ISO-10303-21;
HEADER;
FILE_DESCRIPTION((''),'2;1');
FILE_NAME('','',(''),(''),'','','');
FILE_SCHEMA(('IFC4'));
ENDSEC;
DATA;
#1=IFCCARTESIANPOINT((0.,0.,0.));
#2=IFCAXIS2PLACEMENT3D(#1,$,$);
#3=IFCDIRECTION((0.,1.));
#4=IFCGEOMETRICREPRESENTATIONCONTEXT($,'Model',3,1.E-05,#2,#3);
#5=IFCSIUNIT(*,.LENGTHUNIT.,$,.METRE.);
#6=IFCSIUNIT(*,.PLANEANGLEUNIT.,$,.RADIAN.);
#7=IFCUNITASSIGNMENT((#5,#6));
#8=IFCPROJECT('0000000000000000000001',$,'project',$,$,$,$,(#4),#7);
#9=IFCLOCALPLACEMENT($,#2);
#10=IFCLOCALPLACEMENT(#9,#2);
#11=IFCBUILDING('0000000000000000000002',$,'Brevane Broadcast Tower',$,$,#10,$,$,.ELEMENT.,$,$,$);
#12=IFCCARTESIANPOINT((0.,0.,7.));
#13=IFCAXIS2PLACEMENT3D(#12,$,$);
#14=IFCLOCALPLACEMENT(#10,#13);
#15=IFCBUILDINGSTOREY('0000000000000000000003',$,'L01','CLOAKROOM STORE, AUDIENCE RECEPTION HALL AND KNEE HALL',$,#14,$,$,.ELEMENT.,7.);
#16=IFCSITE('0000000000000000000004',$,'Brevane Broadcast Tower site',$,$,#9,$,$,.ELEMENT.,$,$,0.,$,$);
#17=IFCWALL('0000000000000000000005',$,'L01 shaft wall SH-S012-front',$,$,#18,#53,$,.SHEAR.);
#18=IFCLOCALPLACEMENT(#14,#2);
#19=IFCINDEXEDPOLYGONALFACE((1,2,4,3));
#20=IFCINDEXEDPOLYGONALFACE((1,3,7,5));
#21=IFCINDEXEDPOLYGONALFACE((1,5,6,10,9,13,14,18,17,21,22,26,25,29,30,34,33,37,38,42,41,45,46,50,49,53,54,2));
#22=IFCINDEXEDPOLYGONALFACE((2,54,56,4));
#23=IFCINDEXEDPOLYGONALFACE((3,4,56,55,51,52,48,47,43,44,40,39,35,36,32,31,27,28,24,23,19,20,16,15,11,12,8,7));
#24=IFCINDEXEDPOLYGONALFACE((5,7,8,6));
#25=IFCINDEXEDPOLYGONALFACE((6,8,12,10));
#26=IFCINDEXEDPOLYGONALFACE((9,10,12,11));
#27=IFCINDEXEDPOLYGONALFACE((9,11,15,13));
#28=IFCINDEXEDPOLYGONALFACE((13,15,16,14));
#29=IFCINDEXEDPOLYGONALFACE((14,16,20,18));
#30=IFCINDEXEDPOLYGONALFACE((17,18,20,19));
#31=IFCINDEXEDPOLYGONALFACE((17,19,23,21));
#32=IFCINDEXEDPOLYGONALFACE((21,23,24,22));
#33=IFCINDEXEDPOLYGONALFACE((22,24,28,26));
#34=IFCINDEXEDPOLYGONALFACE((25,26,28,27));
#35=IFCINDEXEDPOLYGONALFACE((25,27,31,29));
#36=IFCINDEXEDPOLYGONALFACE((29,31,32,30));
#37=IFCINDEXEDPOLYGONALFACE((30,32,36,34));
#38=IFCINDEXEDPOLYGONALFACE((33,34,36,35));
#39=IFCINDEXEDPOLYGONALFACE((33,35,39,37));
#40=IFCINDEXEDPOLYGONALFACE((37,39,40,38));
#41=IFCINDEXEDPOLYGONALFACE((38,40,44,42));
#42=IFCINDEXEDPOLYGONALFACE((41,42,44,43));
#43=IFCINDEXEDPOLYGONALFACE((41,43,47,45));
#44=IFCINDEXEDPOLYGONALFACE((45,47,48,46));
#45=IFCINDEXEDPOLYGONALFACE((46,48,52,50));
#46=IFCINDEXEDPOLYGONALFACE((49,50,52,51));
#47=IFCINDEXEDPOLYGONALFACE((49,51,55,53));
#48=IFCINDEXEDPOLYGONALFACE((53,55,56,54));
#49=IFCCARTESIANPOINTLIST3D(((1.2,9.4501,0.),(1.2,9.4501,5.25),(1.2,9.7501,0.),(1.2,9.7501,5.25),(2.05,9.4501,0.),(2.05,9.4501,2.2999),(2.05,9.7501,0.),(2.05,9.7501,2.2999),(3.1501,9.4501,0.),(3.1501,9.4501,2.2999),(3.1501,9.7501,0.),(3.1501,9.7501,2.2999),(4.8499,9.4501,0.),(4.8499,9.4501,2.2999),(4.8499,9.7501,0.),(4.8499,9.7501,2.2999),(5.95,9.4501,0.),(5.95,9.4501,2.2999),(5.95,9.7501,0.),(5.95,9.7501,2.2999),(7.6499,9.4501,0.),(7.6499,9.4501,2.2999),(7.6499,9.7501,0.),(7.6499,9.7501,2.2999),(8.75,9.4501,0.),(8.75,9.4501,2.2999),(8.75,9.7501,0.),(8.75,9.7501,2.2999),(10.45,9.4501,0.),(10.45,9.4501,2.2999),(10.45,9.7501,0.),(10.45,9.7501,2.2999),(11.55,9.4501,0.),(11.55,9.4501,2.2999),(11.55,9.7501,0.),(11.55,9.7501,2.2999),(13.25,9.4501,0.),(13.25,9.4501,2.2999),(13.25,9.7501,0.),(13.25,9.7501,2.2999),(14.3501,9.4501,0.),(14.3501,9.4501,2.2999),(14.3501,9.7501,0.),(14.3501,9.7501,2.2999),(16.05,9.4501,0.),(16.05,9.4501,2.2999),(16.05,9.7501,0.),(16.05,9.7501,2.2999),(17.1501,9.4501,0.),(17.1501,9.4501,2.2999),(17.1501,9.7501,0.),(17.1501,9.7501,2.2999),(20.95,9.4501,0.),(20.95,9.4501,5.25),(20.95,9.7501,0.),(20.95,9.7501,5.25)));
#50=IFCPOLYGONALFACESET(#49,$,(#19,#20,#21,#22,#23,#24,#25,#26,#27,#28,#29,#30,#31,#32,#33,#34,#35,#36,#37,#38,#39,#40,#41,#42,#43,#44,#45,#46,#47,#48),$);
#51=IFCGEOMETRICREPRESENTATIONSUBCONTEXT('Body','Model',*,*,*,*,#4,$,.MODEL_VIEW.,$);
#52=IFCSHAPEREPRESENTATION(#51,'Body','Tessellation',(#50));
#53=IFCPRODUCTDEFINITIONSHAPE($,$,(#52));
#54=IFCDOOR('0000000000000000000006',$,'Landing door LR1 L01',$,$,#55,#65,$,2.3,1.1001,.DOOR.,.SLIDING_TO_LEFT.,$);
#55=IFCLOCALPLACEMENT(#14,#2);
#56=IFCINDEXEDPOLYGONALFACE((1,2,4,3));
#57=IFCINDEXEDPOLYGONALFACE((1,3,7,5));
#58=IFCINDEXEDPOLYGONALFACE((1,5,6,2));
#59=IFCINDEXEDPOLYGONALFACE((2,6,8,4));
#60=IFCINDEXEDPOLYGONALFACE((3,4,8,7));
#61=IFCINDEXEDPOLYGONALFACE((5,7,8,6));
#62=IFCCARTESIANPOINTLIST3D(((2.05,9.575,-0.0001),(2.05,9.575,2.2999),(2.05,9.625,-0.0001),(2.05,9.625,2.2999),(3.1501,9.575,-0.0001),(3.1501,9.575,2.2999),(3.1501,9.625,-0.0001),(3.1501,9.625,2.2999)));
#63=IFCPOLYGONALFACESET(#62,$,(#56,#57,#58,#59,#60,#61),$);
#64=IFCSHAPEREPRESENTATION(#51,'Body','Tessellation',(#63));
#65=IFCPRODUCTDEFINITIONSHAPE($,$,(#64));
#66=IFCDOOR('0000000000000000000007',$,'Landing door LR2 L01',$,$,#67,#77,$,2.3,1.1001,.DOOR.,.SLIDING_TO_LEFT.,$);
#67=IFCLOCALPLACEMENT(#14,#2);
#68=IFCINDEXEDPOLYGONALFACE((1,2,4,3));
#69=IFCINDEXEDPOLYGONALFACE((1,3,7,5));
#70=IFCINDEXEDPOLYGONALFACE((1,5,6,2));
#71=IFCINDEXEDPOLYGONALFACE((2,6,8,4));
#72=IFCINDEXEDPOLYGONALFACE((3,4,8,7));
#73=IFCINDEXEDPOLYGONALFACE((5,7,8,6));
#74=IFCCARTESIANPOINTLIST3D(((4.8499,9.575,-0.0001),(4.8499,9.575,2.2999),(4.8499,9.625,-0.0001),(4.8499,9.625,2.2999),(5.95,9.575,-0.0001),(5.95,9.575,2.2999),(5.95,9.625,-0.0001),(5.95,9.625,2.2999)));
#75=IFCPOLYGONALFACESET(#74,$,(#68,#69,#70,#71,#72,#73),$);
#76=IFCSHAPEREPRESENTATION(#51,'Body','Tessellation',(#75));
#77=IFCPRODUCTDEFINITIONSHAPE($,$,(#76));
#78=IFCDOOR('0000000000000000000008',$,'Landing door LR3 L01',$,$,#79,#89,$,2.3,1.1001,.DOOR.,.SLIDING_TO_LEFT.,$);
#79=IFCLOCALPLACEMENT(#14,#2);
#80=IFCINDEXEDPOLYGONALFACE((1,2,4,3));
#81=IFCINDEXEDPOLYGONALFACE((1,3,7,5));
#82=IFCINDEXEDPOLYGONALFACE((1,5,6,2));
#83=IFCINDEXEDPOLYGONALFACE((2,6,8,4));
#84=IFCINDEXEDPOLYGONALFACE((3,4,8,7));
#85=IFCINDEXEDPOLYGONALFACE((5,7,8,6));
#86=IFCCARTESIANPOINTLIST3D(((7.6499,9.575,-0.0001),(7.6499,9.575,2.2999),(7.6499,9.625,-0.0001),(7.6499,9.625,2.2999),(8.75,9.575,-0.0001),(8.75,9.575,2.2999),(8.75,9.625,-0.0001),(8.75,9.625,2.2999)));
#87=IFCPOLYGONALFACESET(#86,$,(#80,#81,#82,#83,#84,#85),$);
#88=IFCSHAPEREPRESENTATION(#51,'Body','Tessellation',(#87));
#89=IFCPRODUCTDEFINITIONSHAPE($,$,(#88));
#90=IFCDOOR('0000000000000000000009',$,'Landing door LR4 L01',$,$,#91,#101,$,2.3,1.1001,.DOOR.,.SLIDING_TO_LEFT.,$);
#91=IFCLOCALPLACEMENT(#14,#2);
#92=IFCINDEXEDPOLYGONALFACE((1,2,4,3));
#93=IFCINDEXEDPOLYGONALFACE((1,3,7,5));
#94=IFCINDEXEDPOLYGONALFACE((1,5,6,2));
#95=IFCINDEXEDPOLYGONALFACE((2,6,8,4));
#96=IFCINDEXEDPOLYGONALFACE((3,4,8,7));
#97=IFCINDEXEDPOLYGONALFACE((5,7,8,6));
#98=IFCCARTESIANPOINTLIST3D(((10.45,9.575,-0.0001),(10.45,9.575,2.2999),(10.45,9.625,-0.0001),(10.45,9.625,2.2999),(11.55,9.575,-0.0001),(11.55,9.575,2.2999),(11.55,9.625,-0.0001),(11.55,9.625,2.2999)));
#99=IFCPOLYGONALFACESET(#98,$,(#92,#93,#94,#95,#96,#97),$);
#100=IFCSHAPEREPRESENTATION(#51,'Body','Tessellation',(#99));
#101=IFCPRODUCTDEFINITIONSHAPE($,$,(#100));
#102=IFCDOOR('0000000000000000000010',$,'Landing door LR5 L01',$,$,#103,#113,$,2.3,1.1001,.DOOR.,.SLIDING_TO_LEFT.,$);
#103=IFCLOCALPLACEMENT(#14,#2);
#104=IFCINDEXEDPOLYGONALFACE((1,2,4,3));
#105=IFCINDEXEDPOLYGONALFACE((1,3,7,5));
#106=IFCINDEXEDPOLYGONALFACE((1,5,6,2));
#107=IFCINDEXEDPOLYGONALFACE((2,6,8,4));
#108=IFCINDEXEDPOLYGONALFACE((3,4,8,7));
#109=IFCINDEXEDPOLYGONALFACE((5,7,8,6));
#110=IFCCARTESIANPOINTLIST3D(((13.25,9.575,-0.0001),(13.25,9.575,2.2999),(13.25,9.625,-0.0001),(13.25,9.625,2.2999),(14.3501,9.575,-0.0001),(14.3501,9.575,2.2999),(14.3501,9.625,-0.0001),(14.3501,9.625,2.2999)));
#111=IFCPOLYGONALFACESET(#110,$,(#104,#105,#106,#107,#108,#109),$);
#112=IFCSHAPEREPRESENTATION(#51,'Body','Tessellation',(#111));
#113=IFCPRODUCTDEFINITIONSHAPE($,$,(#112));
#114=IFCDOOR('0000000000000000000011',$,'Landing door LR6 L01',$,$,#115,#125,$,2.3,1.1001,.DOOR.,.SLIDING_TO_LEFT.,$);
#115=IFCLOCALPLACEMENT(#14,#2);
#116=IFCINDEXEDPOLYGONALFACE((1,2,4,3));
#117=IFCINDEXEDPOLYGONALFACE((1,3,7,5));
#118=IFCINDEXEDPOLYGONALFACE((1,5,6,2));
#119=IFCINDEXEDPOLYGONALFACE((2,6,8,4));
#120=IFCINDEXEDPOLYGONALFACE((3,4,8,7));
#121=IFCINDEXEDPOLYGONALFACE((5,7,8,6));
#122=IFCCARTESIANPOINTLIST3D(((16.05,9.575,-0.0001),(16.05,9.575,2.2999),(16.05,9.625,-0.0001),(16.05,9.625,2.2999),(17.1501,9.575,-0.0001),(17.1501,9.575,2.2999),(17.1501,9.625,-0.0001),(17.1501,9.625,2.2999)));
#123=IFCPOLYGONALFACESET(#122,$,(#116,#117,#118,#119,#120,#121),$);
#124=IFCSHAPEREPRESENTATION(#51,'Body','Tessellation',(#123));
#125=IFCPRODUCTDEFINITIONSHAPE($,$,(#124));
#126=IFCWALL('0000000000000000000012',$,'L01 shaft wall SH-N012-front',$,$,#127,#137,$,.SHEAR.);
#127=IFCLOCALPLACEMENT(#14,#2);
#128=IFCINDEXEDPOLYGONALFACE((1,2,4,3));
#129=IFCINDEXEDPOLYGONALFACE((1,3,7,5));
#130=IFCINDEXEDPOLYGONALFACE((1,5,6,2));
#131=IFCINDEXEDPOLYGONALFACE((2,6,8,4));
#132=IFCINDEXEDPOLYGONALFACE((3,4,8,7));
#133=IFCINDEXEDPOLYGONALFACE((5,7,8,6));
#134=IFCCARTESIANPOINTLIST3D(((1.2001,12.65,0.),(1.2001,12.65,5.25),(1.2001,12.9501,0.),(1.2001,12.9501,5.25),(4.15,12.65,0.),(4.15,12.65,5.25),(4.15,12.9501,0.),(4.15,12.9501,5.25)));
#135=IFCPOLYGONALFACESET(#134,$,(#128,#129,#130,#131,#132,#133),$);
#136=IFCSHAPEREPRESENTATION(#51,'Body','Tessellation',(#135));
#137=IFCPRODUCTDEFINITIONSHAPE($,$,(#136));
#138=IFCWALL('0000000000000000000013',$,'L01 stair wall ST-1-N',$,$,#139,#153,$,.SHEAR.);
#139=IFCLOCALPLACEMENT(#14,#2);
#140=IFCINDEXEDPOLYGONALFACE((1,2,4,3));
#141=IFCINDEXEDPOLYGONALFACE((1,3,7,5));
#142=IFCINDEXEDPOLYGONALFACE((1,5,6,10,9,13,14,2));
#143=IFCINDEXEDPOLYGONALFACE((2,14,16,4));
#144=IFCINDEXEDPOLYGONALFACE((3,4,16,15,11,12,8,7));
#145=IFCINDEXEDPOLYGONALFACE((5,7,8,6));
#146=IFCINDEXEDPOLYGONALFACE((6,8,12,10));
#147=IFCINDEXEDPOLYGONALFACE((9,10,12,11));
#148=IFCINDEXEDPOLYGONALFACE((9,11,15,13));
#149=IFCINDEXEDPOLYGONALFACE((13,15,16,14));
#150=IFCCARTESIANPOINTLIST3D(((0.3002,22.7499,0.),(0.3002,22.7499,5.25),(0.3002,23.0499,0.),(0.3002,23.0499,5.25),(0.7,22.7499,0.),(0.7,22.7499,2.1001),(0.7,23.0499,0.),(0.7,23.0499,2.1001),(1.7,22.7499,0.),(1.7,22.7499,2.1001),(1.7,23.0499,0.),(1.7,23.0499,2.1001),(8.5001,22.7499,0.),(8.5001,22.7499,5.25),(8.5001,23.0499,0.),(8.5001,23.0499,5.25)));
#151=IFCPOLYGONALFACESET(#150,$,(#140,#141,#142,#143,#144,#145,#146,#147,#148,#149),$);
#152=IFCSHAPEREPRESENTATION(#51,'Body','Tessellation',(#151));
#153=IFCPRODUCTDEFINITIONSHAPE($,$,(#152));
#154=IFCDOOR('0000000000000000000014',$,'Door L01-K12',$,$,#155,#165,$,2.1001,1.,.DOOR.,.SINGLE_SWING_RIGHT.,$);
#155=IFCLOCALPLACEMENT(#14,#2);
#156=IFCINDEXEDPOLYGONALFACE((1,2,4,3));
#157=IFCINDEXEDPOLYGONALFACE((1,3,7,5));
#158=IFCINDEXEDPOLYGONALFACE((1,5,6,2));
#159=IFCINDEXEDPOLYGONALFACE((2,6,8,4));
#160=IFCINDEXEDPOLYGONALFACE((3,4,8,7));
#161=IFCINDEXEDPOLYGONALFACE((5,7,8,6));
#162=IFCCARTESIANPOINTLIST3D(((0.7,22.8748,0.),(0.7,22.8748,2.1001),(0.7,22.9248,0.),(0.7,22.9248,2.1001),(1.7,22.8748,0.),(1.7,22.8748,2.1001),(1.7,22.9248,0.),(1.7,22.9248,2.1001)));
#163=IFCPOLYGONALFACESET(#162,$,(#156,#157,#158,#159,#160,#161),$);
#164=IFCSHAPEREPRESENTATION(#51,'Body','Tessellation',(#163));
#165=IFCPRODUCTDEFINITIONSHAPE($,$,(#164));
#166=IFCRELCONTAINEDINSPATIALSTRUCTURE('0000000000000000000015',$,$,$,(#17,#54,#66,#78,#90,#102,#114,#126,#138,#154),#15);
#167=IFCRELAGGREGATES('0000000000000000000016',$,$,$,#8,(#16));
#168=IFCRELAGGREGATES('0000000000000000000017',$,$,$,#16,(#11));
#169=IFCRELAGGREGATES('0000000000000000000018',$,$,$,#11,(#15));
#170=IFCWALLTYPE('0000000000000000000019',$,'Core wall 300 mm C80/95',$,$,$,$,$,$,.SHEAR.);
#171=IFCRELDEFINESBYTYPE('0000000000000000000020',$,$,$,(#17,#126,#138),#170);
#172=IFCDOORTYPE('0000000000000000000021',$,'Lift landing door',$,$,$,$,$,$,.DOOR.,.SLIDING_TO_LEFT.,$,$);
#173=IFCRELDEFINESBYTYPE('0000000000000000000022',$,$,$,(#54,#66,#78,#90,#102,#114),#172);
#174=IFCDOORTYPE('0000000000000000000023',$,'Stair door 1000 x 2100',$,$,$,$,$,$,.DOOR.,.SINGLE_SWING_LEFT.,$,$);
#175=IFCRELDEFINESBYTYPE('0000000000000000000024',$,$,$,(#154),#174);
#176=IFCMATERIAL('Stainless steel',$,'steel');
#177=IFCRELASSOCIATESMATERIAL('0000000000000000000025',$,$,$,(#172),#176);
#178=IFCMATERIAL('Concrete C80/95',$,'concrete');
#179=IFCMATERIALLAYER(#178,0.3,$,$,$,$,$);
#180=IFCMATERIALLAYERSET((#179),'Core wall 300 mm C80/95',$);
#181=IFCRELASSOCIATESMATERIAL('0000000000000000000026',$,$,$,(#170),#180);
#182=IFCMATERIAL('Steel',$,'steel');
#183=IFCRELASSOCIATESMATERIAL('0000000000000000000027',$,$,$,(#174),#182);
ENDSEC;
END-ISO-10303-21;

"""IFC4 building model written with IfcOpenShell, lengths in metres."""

from ifc_helpers import new_model, si_unit, direction, frame, frame_2d, origin, place, context, subcontext, project, spatial, rectangle, extrude, material, layer, layer_set, type_object, element, fill, save


model = new_model("IFC4")

# Units and contexts
model_context = context("Model", 3, precision=1e-05, world=origin(), true_north=direction((0.0, 1.0)))
body_context = subcontext(model_context, "Body", "Model", "MODEL_VIEW")
ifc_project = project(units=[si_unit("LENGTHUNIT", "METRE"), si_unit("PLANEANGLEUNIT", "RADIAN")], contexts=[model_context])

# Site, building, storey
site_placement = place(None, origin())
site = spatial("IfcSite", under=ifc_project, at=site_placement, Name="Brevane Broadcast Tower site", CompositionType="ELEMENT", RefElevation=0.0)
building_placement = place(site_placement, origin())
building = spatial("IfcBuilding", under=site, at=building_placement, Name="Brevane Broadcast Tower", CompositionType="ELEMENT")
storey_placement = place(building_placement, frame((0.0, 0.0, 7.0)))
storey = spatial("IfcBuildingStorey", under=building, at=storey_placement, Name="L01", Description="CLOAKROOM STORE, AUDIENCE RECEPTION HALL AND KNEE HALL", CompositionType="ELEMENT", Elevation=7.0)

# Shared definitions
ifc_material_1 = material(Name="Concrete C80/95", Category="concrete")
ifc_material_2 = material(Name="Stainless steel", Category="steel")
door_type_1 = type_object("IfcDoorType", Name="Lift landing door", OperationType="SLIDING_TO_LEFT", PredefinedType="DOOR", material=ifc_material_2)

# Wall, openings, doors
ifc_layer_1 = layer(ifc_material_1, 0.3)
ifc_layer_set_1 = layer_set([ifc_layer_1], Name="Core wall 300 mm C80/95")
wall_type_1 = type_object("IfcWallType", Name="Core wall 300 mm C80/95", PredefinedType="SHEAR", material=ifc_layer_set_1)
wall_1_placement = place(storey_placement, frame((1.2, 9.6001, 0.0), z_axis=(0.0, 0.0, 1.0), x_axis=(1.0, 0.0, 0.0)))
wall_1 = element("IfcWall", 1, at=wall_1_placement, inside=storey, type_object=wall_type_1, Name="L01 shaft wall SH-S012-front", PredefinedType="SHEAR", context=body_context, shape_type="SweptSolid", body=[
    extrude(rectangle(XDim=19.75, YDim=0.3, at=frame_2d((9.875, 0.0))), origin(), (0.0, 0.0, 1.0), 5.25),
])
opening_1_placement = place(wall_1_placement, frame((0.8501, 0.0, 0.0)))
opening_1 = element("IfcOpeningElement", 2, at=opening_1_placement, cuts=wall_1, PredefinedType="OPENING", context=body_context, shape_type="SweptSolid", body=[
    extrude(rectangle(XDim=1.1001, YDim=2.3, at=frame_2d((0.55, 1.1499))), frame((0.0, 0.1599, 0.0), z_axis=(0.0, -1.0, 0.0), x_axis=(1.0, 0.0, 0.0)), (0.0, 0.0, 1.0), 0.3201),
])
opening_2_placement = place(wall_1_placement, frame((3.6499, 0.0, 0.0)))
opening_2 = element("IfcOpeningElement", 3, at=opening_2_placement, cuts=wall_1, PredefinedType="OPENING", context=body_context, shape_type="SweptSolid", body=[
    extrude(rectangle(XDim=1.1001, YDim=2.3, at=frame_2d((0.55, 1.1499))), frame((0.0, 0.1599, 0.0), z_axis=(0.0, -1.0, 0.0), x_axis=(1.0, 0.0, 0.0)), (0.0, 0.0, 1.0), 0.3201),
])
opening_3_placement = place(wall_1_placement, frame((6.45, 0.0, 0.0)))
opening_3 = element("IfcOpeningElement", 4, at=opening_3_placement, cuts=wall_1, PredefinedType="OPENING", context=body_context, shape_type="SweptSolid", body=[
    extrude(rectangle(XDim=1.1001, YDim=2.3, at=frame_2d((0.55, 1.1499))), frame((0.0, 0.1599, 0.0), z_axis=(0.0, -1.0, 0.0), x_axis=(1.0, 0.0, 0.0)), (0.0, 0.0, 1.0), 0.3201),
])
opening_4_placement = place(wall_1_placement, frame((9.25, 0.0, 0.0)))
opening_4 = element("IfcOpeningElement", 5, at=opening_4_placement, cuts=wall_1, PredefinedType="OPENING", context=body_context, shape_type="SweptSolid", body=[
    extrude(rectangle(XDim=1.1001, YDim=2.3, at=frame_2d((0.55, 1.1499))), frame((0.0, 0.1599, 0.0), z_axis=(0.0, -1.0, 0.0), x_axis=(1.0, 0.0, 0.0)), (0.0, 0.0, 1.0), 0.3201),
])
opening_5_placement = place(wall_1_placement, frame((12.05, 0.0, 0.0)))
opening_5 = element("IfcOpeningElement", 6, at=opening_5_placement, cuts=wall_1, PredefinedType="OPENING", context=body_context, shape_type="SweptSolid", body=[
    extrude(rectangle(XDim=1.1001, YDim=2.3, at=frame_2d((0.55, 1.1499))), frame((0.0, 0.1599, 0.0), z_axis=(0.0, -1.0, 0.0), x_axis=(1.0, 0.0, 0.0)), (0.0, 0.0, 1.0), 0.3201),
])
opening_6_placement = place(wall_1_placement, frame((14.8501, 0.0, 0.0)))
opening_6 = element("IfcOpeningElement", 7, at=opening_6_placement, cuts=wall_1, PredefinedType="OPENING", context=body_context, shape_type="SweptSolid", body=[
    extrude(rectangle(XDim=1.1001, YDim=2.3, at=frame_2d((0.55, 1.1499))), frame((0.0, 0.1599, 0.0), z_axis=(0.0, -1.0, 0.0), x_axis=(1.0, 0.0, 0.0)), (0.0, 0.0, 1.0), 0.3201),
])
door_1_placement = place(opening_1_placement, origin())
door_1 = element("IfcDoor", 8, at=door_1_placement, inside=storey, type_object=door_type_1, Name="Landing door LR1 L01", OperationType="SLIDING_TO_LEFT", OverallHeight=2.3, OverallWidth=1.1001, PredefinedType="DOOR", context=body_context, shape_type="SweptSolid", body=[
    extrude(rectangle(XDim=1.1001, YDim=2.3, at=frame_2d((0.55, 1.1499))), frame((0.0, 0.0249, 0.0), z_axis=(0.0, -1.0, 0.0), x_axis=(1.0, 0.0, 0.0)), (0.0, 0.0, 1.0), 0.05),
])
fill(opening_1, door_1)
door_2_placement = place(opening_2_placement, origin())
door_2 = element("IfcDoor", 9, at=door_2_placement, inside=storey, type_object=door_type_1, Name="Landing door LR2 L01", OperationType="SLIDING_TO_LEFT", OverallHeight=2.3, OverallWidth=1.1001, PredefinedType="DOOR", context=body_context, shape_type="SweptSolid", body=[
    extrude(rectangle(XDim=1.1001, YDim=2.3, at=frame_2d((0.55, 1.1499))), frame((0.0, 0.0249, 0.0), z_axis=(0.0, -1.0, 0.0), x_axis=(1.0, 0.0, 0.0)), (0.0, 0.0, 1.0), 0.05),
])
fill(opening_2, door_2)
door_3_placement = place(opening_3_placement, origin())
door_3 = element("IfcDoor", 10, at=door_3_placement, inside=storey, type_object=door_type_1, Name="Landing door LR3 L01", OperationType="SLIDING_TO_LEFT", OverallHeight=2.3, OverallWidth=1.1001, PredefinedType="DOOR", context=body_context, shape_type="SweptSolid", body=[
    extrude(rectangle(XDim=1.1001, YDim=2.3, at=frame_2d((0.55, 1.1499))), frame((0.0, 0.0249, 0.0), z_axis=(0.0, -1.0, 0.0), x_axis=(1.0, 0.0, 0.0)), (0.0, 0.0, 1.0), 0.05),
])
fill(opening_3, door_3)
door_4_placement = place(opening_4_placement, origin())
door_4 = element("IfcDoor", 11, at=door_4_placement, inside=storey, type_object=door_type_1, Name="Landing door LR4 L01", OperationType="SLIDING_TO_LEFT", OverallHeight=2.3, OverallWidth=1.1001, PredefinedType="DOOR", context=body_context, shape_type="SweptSolid", body=[
    extrude(rectangle(XDim=1.1001, YDim=2.3, at=frame_2d((0.55, 1.1499))), frame((0.0, 0.0249, 0.0), z_axis=(0.0, -1.0, 0.0), x_axis=(1.0, 0.0, 0.0)), (0.0, 0.0, 1.0), 0.05),
])
fill(opening_4, door_4)
door_5_placement = place(opening_5_placement, origin())
door_5 = element("IfcDoor", 12, at=door_5_placement, inside=storey, type_object=door_type_1, Name="Landing door LR5 L01", OperationType="SLIDING_TO_LEFT", OverallHeight=2.3, OverallWidth=1.1001, PredefinedType="DOOR", context=body_context, shape_type="SweptSolid", body=[
    extrude(rectangle(XDim=1.1001, YDim=2.3, at=frame_2d((0.55, 1.1499))), frame((0.0, 0.0249, 0.0), z_axis=(0.0, -1.0, 0.0), x_axis=(1.0, 0.0, 0.0)), (0.0, 0.0, 1.0), 0.05),
])
fill(opening_5, door_5)
door_6_placement = place(opening_6_placement, origin())
door_6 = element("IfcDoor", 13, at=door_6_placement, inside=storey, type_object=door_type_1, Name="Landing door LR6 L01", OperationType="SLIDING_TO_LEFT", OverallHeight=2.3, OverallWidth=1.1001, PredefinedType="DOOR", context=body_context, shape_type="SweptSolid", body=[
    extrude(rectangle(XDim=1.1001, YDim=2.3, at=frame_2d((0.55, 1.1499))), frame((0.0, 0.0249, 0.0), z_axis=(0.0, -1.0, 0.0), x_axis=(1.0, 0.0, 0.0)), (0.0, 0.0, 1.0), 0.05),
])
fill(opening_6, door_6)

# Wall
wall_2_placement = place(storey_placement, frame((1.2, 12.8, 0.0), z_axis=(0.0, 0.0, 1.0), x_axis=(1.0, 0.0, 0.0)))
element("IfcWall", 14, at=wall_2_placement, inside=storey, type_object=wall_type_1, Name="L01 shaft wall SH-N012-front", PredefinedType="SHEAR", context=body_context, shape_type="SweptSolid", body=[
    extrude(rectangle(XDim=2.95, YDim=0.3, at=frame_2d((1.4751, 0.0))), origin(), (0.0, 0.0, 1.0), 5.25),
])

# Wall, opening, door
wall_3_placement = place(storey_placement, frame((0.3, 22.8999, 0.0), z_axis=(0.0, 0.0, 1.0), x_axis=(1.0, 0.0, 0.0)))
wall_3 = element("IfcWall", 15, at=wall_3_placement, inside=storey, type_object=wall_type_1, Name="L01 stair wall ST-1-N", PredefinedType="SHEAR", context=body_context, shape_type="SweptSolid", body=[
    extrude(rectangle(XDim=8.2, YDim=0.3, at=frame_2d((4.1001, 0.0))), origin(), (0.0, 0.0, 1.0), 5.25),
])
opening_7_placement = place(wall_3_placement, frame((0.3999, 0.0, 0.0)))
opening_7 = element("IfcOpeningElement", 16, at=opening_7_placement, cuts=wall_3, PredefinedType="OPENING", context=body_context, shape_type="SweptSolid", body=[
    extrude(rectangle(XDim=1.0, YDim=2.1001, at=frame_2d((0.5, 1.05))), frame((0.0, 0.1599, 0.0), z_axis=(0.0, -1.0, 0.0), x_axis=(1.0, 0.0, 0.0)), (0.0, 0.0, 1.0), 0.3201),
])
ifc_material_3 = material(Name="Steel", Category="steel")
door_type_2 = type_object("IfcDoorType", Name="Stair door 1000 x 2100", OperationType="SINGLE_SWING_LEFT", PredefinedType="DOOR", material=ifc_material_3)
door_7_placement = place(opening_7_placement, origin())
door_7 = element("IfcDoor", 17, at=door_7_placement, inside=storey, type_object=door_type_2, Name="Door L01-K12", OperationType="SINGLE_SWING_RIGHT", OverallHeight=2.1001, OverallWidth=1.0, PredefinedType="DOOR", context=body_context, shape_type="SweptSolid", body=[
    extrude(rectangle(XDim=1.0, YDim=2.1001, at=frame_2d((0.5, 1.05))), frame((0.0, 0.0249, 0.0), z_axis=(0.0, -1.0, 0.0), x_axis=(1.0, 0.0, 0.0)), (0.0, 0.0, 1.0), 0.05),
])
fill(opening_7, door_7)

save(model, "model.ifc")
